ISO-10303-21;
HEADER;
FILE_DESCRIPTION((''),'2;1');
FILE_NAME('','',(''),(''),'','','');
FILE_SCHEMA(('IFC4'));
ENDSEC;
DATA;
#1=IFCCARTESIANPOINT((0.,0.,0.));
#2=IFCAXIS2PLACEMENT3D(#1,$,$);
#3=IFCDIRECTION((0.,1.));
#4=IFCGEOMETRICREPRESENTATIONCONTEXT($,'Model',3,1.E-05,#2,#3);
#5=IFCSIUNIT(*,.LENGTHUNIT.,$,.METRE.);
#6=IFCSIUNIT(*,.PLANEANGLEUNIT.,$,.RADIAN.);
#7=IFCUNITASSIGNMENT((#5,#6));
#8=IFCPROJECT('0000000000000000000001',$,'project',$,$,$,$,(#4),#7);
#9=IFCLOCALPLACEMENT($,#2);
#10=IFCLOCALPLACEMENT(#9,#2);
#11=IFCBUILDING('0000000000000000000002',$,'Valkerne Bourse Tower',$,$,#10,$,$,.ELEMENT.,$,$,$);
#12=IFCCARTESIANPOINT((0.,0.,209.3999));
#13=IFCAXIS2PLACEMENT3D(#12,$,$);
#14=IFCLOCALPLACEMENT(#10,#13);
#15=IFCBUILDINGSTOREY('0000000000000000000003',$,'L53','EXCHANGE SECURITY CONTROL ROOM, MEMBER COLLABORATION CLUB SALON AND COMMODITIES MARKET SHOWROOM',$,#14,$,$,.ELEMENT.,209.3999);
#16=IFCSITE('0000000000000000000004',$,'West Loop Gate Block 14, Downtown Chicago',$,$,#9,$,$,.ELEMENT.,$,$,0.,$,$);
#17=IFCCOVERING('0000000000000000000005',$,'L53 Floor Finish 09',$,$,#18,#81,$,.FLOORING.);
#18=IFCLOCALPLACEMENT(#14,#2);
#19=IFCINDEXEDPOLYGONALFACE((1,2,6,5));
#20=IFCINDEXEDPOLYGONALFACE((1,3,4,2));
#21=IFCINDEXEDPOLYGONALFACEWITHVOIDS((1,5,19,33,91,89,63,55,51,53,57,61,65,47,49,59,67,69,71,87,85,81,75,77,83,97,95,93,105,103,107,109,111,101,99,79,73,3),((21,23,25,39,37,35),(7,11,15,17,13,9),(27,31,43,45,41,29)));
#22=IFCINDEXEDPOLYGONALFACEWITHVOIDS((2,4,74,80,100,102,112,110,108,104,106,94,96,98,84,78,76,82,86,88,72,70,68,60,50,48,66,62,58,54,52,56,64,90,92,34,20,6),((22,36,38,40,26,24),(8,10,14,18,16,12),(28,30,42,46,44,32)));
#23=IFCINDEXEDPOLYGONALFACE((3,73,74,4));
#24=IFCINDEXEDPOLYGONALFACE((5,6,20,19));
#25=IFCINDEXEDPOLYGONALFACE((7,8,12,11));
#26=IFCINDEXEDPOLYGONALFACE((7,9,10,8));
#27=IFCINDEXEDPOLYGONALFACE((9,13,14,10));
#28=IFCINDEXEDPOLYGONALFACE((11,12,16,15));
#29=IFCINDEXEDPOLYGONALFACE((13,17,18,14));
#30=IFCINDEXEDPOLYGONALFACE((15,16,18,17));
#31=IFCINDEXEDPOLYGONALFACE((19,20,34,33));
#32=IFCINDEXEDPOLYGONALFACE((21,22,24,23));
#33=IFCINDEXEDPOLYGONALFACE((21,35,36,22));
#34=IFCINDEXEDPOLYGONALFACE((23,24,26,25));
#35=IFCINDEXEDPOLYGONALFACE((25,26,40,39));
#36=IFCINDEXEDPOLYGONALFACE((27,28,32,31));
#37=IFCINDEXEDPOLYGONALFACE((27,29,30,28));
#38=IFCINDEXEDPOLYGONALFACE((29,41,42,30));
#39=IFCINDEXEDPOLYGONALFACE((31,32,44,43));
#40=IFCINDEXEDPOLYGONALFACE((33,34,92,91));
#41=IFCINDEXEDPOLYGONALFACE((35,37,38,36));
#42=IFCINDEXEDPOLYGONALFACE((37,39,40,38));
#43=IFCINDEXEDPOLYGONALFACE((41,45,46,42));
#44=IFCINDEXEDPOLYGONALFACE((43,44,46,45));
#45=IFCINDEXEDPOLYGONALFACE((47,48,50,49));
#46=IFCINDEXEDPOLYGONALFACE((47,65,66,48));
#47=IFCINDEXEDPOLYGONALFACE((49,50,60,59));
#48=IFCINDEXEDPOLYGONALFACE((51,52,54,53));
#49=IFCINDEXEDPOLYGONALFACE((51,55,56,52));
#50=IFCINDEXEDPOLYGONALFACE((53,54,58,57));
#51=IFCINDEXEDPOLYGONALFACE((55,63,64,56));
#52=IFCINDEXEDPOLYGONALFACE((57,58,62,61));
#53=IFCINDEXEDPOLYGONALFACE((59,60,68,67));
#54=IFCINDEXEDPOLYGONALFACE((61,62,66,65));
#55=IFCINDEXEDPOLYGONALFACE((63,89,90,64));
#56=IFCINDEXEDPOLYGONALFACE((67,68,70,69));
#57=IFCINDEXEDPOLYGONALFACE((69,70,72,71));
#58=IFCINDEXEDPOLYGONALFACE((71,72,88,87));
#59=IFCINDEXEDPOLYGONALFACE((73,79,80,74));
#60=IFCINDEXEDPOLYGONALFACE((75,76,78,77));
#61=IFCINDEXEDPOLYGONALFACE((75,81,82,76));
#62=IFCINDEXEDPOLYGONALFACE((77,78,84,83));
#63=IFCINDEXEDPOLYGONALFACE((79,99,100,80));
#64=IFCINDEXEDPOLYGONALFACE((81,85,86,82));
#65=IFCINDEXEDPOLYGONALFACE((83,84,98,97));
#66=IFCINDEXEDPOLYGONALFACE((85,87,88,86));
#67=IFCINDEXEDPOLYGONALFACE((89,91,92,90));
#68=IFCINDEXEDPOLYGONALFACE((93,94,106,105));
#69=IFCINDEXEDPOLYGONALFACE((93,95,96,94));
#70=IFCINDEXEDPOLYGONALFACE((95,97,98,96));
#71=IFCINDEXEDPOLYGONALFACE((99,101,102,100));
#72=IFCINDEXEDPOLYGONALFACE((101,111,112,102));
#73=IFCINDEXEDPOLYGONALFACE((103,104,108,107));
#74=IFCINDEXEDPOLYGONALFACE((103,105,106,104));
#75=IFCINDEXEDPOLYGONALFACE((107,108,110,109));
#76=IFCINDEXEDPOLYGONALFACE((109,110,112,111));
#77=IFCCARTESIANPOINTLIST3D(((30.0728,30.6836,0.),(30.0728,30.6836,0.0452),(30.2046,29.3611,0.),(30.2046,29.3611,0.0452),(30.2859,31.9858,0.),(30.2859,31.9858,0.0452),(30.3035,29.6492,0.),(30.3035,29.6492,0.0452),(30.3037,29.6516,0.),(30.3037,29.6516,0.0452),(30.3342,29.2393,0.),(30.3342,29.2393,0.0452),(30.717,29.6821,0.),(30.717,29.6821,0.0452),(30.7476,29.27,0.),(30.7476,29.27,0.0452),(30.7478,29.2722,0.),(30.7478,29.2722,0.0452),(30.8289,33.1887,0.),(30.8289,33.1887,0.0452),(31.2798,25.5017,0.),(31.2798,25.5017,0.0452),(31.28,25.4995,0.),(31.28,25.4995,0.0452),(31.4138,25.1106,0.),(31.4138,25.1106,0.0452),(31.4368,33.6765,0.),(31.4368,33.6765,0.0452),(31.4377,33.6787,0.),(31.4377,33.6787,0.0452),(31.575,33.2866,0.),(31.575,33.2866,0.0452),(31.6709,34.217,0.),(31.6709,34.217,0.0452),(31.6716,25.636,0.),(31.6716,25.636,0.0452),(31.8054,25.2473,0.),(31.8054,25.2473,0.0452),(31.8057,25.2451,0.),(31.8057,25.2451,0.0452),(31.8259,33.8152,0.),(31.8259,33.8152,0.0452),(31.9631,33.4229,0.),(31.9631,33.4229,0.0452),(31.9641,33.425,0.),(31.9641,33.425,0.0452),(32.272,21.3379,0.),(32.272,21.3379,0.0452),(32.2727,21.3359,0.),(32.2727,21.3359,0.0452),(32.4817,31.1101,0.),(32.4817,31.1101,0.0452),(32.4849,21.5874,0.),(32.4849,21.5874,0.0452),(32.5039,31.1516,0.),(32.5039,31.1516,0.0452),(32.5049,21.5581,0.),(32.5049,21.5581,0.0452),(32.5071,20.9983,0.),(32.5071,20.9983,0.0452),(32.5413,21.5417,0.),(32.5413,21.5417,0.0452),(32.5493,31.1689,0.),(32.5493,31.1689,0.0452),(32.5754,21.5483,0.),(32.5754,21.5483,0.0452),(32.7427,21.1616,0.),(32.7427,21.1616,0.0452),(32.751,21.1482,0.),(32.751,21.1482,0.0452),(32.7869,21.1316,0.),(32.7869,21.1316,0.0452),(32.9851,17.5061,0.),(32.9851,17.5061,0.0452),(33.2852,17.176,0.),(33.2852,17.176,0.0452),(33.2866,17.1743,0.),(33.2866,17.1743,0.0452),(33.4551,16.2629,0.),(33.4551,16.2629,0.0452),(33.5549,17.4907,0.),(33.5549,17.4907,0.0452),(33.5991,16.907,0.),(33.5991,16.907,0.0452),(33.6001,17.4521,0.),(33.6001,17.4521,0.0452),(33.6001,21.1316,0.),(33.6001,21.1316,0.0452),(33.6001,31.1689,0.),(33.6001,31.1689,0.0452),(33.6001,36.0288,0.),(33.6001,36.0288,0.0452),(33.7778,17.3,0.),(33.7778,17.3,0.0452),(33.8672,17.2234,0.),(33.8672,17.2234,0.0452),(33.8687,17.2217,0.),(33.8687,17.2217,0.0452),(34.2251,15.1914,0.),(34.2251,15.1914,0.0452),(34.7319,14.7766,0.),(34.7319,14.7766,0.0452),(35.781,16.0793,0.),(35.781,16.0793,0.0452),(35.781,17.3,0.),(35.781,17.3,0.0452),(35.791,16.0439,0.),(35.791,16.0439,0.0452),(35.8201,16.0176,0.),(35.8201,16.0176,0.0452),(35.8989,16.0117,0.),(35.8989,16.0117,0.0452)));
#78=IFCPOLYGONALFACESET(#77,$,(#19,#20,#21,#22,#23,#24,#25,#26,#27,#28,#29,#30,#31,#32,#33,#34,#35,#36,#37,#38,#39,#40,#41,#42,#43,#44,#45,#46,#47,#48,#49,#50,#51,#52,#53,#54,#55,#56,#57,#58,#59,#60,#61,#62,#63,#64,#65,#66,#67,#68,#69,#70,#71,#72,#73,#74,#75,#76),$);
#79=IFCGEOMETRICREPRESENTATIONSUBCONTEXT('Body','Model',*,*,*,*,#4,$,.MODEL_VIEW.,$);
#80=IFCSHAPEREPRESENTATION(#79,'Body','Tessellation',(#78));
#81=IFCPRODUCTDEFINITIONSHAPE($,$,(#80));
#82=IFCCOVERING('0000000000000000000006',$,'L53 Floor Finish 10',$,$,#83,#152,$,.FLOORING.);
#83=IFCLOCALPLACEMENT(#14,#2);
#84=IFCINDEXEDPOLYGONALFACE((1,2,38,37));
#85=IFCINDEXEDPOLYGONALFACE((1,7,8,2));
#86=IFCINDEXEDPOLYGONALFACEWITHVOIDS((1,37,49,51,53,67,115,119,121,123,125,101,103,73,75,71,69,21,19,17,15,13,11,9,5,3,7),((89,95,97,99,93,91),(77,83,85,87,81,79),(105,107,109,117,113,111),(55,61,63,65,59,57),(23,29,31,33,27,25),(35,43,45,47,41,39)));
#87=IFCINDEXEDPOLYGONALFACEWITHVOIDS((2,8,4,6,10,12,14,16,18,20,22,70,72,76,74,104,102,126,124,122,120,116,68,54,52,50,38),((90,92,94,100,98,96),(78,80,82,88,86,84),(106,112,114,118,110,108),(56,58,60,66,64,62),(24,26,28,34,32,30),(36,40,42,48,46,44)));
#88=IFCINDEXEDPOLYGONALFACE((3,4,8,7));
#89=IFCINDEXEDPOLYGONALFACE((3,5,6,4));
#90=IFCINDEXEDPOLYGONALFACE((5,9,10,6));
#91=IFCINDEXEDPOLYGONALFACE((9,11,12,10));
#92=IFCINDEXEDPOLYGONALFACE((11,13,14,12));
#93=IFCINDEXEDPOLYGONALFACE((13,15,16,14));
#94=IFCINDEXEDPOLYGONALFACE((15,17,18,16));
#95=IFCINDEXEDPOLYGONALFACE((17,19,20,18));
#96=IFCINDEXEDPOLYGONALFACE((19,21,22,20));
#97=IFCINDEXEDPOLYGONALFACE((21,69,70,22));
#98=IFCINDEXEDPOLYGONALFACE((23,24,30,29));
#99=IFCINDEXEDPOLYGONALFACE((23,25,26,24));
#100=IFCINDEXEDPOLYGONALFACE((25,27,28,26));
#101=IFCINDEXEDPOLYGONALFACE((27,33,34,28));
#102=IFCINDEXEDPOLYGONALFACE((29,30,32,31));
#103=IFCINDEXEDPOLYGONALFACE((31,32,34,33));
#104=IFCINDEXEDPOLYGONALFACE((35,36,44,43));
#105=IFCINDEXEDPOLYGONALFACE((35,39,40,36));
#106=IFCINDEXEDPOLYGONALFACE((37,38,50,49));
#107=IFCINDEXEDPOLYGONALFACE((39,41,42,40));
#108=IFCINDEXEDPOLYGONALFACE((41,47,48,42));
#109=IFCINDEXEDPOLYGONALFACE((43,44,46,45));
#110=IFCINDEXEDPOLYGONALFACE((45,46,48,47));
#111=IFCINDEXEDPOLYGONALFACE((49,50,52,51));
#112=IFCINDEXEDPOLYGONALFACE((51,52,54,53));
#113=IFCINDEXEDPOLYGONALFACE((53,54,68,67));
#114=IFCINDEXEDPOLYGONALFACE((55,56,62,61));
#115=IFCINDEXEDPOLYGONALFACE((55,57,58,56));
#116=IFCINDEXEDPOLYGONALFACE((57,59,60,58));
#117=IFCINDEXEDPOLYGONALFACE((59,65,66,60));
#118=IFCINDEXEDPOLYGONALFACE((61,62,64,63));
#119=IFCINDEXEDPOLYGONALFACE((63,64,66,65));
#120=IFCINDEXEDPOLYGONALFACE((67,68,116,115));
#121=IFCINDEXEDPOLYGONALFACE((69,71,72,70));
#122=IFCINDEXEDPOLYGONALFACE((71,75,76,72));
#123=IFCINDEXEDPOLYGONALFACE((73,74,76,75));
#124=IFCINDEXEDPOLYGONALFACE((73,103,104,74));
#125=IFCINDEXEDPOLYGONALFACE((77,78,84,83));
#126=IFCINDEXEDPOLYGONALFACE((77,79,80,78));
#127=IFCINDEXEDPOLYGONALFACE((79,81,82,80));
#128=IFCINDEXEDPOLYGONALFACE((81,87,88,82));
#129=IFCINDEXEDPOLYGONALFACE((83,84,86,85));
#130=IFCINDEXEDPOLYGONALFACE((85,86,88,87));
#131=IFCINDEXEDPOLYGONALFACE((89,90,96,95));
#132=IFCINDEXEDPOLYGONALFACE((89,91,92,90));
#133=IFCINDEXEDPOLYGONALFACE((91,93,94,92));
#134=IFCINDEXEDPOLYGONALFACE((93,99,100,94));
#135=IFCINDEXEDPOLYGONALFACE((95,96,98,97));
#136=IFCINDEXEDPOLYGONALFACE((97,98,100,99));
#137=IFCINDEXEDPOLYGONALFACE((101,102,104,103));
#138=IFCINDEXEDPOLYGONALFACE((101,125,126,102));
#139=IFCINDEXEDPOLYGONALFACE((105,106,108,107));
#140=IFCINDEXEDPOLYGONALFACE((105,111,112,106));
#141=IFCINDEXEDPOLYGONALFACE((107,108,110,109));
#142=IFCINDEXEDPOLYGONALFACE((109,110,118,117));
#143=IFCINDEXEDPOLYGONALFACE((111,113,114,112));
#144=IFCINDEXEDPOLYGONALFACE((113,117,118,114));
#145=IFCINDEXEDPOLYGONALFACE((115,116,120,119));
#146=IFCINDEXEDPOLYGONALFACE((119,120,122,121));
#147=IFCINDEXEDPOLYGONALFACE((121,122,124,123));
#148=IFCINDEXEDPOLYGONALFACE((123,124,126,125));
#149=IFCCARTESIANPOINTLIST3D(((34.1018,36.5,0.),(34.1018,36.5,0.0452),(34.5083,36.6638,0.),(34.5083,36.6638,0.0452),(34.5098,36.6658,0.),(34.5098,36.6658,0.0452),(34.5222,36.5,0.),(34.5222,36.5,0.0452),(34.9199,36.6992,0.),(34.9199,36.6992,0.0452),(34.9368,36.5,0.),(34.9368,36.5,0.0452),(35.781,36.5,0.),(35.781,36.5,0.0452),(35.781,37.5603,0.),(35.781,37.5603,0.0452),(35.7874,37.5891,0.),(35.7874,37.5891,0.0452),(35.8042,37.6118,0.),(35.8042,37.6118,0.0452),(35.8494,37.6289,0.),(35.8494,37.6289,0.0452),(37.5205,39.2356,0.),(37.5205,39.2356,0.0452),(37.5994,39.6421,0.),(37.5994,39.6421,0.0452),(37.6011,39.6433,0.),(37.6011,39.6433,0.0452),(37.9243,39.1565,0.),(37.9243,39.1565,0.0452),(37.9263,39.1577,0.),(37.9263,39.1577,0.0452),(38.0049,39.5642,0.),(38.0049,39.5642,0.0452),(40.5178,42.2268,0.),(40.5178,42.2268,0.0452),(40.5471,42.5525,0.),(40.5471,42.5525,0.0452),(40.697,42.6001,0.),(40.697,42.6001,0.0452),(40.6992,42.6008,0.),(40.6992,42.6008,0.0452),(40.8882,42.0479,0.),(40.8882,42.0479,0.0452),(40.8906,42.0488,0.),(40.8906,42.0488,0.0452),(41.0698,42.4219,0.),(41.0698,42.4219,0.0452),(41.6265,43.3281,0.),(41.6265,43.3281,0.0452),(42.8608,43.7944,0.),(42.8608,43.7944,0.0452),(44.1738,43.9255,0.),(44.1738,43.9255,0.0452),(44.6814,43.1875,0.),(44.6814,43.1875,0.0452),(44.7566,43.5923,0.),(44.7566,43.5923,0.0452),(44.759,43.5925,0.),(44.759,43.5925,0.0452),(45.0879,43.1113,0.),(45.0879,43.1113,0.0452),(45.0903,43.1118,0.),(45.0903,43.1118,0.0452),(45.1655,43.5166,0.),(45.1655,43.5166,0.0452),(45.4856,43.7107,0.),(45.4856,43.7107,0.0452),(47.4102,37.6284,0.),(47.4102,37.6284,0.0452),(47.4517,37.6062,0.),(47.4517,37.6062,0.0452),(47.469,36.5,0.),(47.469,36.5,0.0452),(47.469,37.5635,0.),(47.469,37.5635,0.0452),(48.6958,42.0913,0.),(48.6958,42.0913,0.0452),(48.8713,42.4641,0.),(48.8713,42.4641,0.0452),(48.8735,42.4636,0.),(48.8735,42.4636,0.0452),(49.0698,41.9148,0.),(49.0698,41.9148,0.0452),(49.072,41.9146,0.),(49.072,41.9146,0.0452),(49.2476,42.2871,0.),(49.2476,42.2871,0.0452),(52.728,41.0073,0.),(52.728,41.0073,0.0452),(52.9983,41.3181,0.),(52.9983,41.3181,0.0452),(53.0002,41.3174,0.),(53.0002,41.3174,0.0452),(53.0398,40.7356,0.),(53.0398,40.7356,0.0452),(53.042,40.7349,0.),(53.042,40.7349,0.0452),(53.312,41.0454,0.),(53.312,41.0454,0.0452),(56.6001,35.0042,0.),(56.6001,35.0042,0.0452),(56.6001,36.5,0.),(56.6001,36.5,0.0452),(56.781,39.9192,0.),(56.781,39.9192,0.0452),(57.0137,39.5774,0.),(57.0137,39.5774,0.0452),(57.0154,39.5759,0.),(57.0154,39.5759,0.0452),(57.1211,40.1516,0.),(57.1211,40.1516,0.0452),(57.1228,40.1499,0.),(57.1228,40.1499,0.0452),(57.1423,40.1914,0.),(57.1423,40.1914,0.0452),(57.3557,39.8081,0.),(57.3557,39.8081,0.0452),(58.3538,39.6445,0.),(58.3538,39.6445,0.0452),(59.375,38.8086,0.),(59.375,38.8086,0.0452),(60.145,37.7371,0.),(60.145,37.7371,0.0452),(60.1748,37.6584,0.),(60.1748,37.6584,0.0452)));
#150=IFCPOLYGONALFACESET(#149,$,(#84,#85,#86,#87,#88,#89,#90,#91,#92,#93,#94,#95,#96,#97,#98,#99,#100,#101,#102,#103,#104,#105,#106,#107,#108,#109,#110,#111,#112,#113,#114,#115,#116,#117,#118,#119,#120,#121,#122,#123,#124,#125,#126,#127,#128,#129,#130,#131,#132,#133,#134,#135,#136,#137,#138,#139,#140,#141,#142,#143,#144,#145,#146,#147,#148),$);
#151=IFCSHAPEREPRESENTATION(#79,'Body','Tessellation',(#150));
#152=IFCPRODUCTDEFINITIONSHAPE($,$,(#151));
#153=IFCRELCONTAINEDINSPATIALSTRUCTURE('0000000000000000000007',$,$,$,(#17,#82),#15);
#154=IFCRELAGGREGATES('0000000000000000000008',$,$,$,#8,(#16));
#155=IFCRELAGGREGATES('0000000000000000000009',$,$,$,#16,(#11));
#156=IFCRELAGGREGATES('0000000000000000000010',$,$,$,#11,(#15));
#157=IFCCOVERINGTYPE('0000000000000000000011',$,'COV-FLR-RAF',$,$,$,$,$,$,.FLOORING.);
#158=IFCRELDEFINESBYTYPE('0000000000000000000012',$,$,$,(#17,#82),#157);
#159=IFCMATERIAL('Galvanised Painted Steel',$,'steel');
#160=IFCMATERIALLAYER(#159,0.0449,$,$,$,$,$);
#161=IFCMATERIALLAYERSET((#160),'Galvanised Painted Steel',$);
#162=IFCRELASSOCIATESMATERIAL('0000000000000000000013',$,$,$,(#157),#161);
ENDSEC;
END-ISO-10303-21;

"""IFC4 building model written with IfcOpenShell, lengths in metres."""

from ifc_helpers import new_model, si_unit, direction, frame, origin, place, context, subcontext, project, spatial, polyline, outline, extrude, material, layer, layer_set, type_object, element, save


model = new_model("IFC4")

# Units and contexts
model_context = context("Model", 3, precision=1e-05, world=origin(), true_north=direction((0.0, 1.0)))
body_context = subcontext(model_context, "Body", "Model", "MODEL_VIEW")
ifc_project = project(units=[si_unit("LENGTHUNIT", "METRE"), si_unit("PLANEANGLEUNIT", "RADIAN")], contexts=[model_context])

# Site, building, storey
site_placement = place(None, origin())
site = spatial("IfcSite", under=ifc_project, at=site_placement, Name="West Loop Gate Block 14, Downtown Chicago", CompositionType="ELEMENT", RefElevation=0.0)
building_placement = place(site_placement, origin())
building = spatial("IfcBuilding", under=site, at=building_placement, Name="Valkerne Bourse Tower", CompositionType="ELEMENT")
storey_placement = place(building_placement, frame((0.0, 0.0, 209.3999)))
storey = spatial("IfcBuildingStorey", under=building, at=storey_placement, Name="L53", Description="EXCHANGE SECURITY CONTROL ROOM, MEMBER COLLABORATION CLUB SALON AND COMMODITIES MARKET SHOWROOM", CompositionType="ELEMENT", Elevation=209.3999)

# Coverings
ifc_material_1 = material(Name="Galvanised Painted Steel", Category="steel")
ifc_layer_1 = layer(ifc_material_1, 0.0449)
ifc_layer_set_1 = layer_set([ifc_layer_1], Name="Galvanised Painted Steel")
covering_type_1 = type_object("IfcCoveringType", Name="COV-FLR-RAF", PredefinedType="FLOORING", material=ifc_layer_set_1)
covering_1_placement = place(storey_placement, origin())
element("IfcCovering", 1, at=covering_1_placement, inside=storey, type_object=covering_type_1, Name="L53 Floor Finish 09", PredefinedType="FLOORING", context=body_context, shape_type="SweptSolid", body=[
    extrude(outline(polyline([(32.9851, 17.5061), (30.2046, 29.3611), (30.0728, 30.6836), (30.2859, 31.9858), (30.8289, 33.1887), (31.6709, 34.217), (33.6001, 36.0288), (33.6001, 31.1689), (32.5493, 31.1689), (32.5039, 31.1516), (32.4817, 31.1101), (32.4849, 21.5874), (32.5049, 21.5581), (32.5413, 21.5417), (32.5754, 21.5483), (32.272, 21.3379), (32.2727, 21.3359), (32.5071, 20.9983), (32.7427, 21.1616), (32.751, 21.1482), (32.7869, 21.1316), (33.6001, 21.1316), (33.6001, 17.4521), (33.5549, 17.4907), (33.2852, 17.176), (33.2866, 17.1743), (33.5991, 16.907), (33.8687, 17.2217), (33.8672, 17.2234), (33.7778, 17.3), (35.781, 17.3), (35.781, 16.0793), (35.791, 16.0439), (35.8201, 16.0176), (35.8989, 16.0117), (34.7319, 14.7766), (34.2251, 15.1914), (33.4551, 16.2629), (32.9851, 17.5061)]), holes=[polyline([(31.8054, 25.2473), (31.6716, 25.636), (31.2798, 25.5017), (31.28, 25.4995), (31.4138, 25.1106), (31.8057, 25.2451), (31.8054, 25.2473)]), polyline([(30.7478, 29.2722), (30.717, 29.6821), (30.3037, 29.6516), (30.3035, 29.6492), (30.3342, 29.2393), (30.7476, 29.27), (30.7478, 29.2722)]), polyline([(31.9641, 33.425), (31.8259, 33.8152), (31.4377, 33.6787), (31.4368, 33.6765), (31.575, 33.2866), (31.9631, 33.4229), (31.9641, 33.425)])]), origin(), (0.0, 0.0, 1.0), 0.0452),
])
covering_2_placement = place(storey_placement, origin())
element("IfcCovering", 2, at=covering_2_placement, inside=storey, type_object=covering_type_1, Name="L53 Floor Finish 10", PredefinedType="FLOORING", context=body_context, shape_type="SweptSolid", body=[
    extrude(outline(polyline([(40.5471, 42.5525), (41.6265, 43.3281), (42.8608, 43.7944), (44.1738, 43.9255), (45.4856, 43.7107), (57.1423, 40.1914), (58.3538, 39.6445), (59.375, 38.8086), (60.145, 37.7371), (60.1748, 37.6584), (56.6001, 35.0042), (56.6001, 36.5), (47.469, 36.5), (47.469, 37.5635), (47.4517, 37.6062), (47.4102, 37.6284), (35.8494, 37.6289), (35.8042, 37.6118), (35.7874, 37.5891), (35.781, 37.5603), (35.781, 36.5), (34.9368, 36.5), (34.9199, 36.6992), (34.5098, 36.6658), (34.5083, 36.6638), (34.5222, 36.5), (34.1018, 36.5), (40.5471, 42.5525)]), holes=[polyline([(37.9263, 39.1577), (38.0049, 39.5642), (37.6011, 39.6433), (37.5994, 39.6421), (37.5205, 39.2356), (37.9243, 39.1565), (37.9263, 39.1577)]), polyline([(40.8906, 42.0488), (41.0698, 42.4219), (40.6992, 42.6008), (40.697, 42.6001), (40.5178, 42.2268), (40.8882, 42.0479), (40.8906, 42.0488)]), polyline([(45.1655, 43.5166), (44.759, 43.5925), (44.7566, 43.5923), (44.6814, 43.1875), (45.0879, 43.1113), (45.0903, 43.1118), (45.1655, 43.5166)]), polyline([(57.1228, 40.1499), (57.1211, 40.1516), (56.781, 39.9192), (57.0137, 39.5774), (57.0154, 39.5759), (57.3557, 39.8081), (57.1228, 40.1499)]), polyline([(53.0002, 41.3174), (52.9983, 41.3181), (52.728, 41.0073), (53.0398, 40.7356), (53.042, 40.7349), (53.312, 41.0454), (53.0002, 41.3174)]), polyline([(49.2476, 42.2871), (48.8735, 42.4636), (48.8713, 42.4641), (48.6958, 42.0913), (49.0698, 41.9148), (49.072, 41.9146), (49.2476, 42.2871)])]), origin(), (0.0, 0.0, 1.0), 0.0452),
])

save(model, "model.ifc")
